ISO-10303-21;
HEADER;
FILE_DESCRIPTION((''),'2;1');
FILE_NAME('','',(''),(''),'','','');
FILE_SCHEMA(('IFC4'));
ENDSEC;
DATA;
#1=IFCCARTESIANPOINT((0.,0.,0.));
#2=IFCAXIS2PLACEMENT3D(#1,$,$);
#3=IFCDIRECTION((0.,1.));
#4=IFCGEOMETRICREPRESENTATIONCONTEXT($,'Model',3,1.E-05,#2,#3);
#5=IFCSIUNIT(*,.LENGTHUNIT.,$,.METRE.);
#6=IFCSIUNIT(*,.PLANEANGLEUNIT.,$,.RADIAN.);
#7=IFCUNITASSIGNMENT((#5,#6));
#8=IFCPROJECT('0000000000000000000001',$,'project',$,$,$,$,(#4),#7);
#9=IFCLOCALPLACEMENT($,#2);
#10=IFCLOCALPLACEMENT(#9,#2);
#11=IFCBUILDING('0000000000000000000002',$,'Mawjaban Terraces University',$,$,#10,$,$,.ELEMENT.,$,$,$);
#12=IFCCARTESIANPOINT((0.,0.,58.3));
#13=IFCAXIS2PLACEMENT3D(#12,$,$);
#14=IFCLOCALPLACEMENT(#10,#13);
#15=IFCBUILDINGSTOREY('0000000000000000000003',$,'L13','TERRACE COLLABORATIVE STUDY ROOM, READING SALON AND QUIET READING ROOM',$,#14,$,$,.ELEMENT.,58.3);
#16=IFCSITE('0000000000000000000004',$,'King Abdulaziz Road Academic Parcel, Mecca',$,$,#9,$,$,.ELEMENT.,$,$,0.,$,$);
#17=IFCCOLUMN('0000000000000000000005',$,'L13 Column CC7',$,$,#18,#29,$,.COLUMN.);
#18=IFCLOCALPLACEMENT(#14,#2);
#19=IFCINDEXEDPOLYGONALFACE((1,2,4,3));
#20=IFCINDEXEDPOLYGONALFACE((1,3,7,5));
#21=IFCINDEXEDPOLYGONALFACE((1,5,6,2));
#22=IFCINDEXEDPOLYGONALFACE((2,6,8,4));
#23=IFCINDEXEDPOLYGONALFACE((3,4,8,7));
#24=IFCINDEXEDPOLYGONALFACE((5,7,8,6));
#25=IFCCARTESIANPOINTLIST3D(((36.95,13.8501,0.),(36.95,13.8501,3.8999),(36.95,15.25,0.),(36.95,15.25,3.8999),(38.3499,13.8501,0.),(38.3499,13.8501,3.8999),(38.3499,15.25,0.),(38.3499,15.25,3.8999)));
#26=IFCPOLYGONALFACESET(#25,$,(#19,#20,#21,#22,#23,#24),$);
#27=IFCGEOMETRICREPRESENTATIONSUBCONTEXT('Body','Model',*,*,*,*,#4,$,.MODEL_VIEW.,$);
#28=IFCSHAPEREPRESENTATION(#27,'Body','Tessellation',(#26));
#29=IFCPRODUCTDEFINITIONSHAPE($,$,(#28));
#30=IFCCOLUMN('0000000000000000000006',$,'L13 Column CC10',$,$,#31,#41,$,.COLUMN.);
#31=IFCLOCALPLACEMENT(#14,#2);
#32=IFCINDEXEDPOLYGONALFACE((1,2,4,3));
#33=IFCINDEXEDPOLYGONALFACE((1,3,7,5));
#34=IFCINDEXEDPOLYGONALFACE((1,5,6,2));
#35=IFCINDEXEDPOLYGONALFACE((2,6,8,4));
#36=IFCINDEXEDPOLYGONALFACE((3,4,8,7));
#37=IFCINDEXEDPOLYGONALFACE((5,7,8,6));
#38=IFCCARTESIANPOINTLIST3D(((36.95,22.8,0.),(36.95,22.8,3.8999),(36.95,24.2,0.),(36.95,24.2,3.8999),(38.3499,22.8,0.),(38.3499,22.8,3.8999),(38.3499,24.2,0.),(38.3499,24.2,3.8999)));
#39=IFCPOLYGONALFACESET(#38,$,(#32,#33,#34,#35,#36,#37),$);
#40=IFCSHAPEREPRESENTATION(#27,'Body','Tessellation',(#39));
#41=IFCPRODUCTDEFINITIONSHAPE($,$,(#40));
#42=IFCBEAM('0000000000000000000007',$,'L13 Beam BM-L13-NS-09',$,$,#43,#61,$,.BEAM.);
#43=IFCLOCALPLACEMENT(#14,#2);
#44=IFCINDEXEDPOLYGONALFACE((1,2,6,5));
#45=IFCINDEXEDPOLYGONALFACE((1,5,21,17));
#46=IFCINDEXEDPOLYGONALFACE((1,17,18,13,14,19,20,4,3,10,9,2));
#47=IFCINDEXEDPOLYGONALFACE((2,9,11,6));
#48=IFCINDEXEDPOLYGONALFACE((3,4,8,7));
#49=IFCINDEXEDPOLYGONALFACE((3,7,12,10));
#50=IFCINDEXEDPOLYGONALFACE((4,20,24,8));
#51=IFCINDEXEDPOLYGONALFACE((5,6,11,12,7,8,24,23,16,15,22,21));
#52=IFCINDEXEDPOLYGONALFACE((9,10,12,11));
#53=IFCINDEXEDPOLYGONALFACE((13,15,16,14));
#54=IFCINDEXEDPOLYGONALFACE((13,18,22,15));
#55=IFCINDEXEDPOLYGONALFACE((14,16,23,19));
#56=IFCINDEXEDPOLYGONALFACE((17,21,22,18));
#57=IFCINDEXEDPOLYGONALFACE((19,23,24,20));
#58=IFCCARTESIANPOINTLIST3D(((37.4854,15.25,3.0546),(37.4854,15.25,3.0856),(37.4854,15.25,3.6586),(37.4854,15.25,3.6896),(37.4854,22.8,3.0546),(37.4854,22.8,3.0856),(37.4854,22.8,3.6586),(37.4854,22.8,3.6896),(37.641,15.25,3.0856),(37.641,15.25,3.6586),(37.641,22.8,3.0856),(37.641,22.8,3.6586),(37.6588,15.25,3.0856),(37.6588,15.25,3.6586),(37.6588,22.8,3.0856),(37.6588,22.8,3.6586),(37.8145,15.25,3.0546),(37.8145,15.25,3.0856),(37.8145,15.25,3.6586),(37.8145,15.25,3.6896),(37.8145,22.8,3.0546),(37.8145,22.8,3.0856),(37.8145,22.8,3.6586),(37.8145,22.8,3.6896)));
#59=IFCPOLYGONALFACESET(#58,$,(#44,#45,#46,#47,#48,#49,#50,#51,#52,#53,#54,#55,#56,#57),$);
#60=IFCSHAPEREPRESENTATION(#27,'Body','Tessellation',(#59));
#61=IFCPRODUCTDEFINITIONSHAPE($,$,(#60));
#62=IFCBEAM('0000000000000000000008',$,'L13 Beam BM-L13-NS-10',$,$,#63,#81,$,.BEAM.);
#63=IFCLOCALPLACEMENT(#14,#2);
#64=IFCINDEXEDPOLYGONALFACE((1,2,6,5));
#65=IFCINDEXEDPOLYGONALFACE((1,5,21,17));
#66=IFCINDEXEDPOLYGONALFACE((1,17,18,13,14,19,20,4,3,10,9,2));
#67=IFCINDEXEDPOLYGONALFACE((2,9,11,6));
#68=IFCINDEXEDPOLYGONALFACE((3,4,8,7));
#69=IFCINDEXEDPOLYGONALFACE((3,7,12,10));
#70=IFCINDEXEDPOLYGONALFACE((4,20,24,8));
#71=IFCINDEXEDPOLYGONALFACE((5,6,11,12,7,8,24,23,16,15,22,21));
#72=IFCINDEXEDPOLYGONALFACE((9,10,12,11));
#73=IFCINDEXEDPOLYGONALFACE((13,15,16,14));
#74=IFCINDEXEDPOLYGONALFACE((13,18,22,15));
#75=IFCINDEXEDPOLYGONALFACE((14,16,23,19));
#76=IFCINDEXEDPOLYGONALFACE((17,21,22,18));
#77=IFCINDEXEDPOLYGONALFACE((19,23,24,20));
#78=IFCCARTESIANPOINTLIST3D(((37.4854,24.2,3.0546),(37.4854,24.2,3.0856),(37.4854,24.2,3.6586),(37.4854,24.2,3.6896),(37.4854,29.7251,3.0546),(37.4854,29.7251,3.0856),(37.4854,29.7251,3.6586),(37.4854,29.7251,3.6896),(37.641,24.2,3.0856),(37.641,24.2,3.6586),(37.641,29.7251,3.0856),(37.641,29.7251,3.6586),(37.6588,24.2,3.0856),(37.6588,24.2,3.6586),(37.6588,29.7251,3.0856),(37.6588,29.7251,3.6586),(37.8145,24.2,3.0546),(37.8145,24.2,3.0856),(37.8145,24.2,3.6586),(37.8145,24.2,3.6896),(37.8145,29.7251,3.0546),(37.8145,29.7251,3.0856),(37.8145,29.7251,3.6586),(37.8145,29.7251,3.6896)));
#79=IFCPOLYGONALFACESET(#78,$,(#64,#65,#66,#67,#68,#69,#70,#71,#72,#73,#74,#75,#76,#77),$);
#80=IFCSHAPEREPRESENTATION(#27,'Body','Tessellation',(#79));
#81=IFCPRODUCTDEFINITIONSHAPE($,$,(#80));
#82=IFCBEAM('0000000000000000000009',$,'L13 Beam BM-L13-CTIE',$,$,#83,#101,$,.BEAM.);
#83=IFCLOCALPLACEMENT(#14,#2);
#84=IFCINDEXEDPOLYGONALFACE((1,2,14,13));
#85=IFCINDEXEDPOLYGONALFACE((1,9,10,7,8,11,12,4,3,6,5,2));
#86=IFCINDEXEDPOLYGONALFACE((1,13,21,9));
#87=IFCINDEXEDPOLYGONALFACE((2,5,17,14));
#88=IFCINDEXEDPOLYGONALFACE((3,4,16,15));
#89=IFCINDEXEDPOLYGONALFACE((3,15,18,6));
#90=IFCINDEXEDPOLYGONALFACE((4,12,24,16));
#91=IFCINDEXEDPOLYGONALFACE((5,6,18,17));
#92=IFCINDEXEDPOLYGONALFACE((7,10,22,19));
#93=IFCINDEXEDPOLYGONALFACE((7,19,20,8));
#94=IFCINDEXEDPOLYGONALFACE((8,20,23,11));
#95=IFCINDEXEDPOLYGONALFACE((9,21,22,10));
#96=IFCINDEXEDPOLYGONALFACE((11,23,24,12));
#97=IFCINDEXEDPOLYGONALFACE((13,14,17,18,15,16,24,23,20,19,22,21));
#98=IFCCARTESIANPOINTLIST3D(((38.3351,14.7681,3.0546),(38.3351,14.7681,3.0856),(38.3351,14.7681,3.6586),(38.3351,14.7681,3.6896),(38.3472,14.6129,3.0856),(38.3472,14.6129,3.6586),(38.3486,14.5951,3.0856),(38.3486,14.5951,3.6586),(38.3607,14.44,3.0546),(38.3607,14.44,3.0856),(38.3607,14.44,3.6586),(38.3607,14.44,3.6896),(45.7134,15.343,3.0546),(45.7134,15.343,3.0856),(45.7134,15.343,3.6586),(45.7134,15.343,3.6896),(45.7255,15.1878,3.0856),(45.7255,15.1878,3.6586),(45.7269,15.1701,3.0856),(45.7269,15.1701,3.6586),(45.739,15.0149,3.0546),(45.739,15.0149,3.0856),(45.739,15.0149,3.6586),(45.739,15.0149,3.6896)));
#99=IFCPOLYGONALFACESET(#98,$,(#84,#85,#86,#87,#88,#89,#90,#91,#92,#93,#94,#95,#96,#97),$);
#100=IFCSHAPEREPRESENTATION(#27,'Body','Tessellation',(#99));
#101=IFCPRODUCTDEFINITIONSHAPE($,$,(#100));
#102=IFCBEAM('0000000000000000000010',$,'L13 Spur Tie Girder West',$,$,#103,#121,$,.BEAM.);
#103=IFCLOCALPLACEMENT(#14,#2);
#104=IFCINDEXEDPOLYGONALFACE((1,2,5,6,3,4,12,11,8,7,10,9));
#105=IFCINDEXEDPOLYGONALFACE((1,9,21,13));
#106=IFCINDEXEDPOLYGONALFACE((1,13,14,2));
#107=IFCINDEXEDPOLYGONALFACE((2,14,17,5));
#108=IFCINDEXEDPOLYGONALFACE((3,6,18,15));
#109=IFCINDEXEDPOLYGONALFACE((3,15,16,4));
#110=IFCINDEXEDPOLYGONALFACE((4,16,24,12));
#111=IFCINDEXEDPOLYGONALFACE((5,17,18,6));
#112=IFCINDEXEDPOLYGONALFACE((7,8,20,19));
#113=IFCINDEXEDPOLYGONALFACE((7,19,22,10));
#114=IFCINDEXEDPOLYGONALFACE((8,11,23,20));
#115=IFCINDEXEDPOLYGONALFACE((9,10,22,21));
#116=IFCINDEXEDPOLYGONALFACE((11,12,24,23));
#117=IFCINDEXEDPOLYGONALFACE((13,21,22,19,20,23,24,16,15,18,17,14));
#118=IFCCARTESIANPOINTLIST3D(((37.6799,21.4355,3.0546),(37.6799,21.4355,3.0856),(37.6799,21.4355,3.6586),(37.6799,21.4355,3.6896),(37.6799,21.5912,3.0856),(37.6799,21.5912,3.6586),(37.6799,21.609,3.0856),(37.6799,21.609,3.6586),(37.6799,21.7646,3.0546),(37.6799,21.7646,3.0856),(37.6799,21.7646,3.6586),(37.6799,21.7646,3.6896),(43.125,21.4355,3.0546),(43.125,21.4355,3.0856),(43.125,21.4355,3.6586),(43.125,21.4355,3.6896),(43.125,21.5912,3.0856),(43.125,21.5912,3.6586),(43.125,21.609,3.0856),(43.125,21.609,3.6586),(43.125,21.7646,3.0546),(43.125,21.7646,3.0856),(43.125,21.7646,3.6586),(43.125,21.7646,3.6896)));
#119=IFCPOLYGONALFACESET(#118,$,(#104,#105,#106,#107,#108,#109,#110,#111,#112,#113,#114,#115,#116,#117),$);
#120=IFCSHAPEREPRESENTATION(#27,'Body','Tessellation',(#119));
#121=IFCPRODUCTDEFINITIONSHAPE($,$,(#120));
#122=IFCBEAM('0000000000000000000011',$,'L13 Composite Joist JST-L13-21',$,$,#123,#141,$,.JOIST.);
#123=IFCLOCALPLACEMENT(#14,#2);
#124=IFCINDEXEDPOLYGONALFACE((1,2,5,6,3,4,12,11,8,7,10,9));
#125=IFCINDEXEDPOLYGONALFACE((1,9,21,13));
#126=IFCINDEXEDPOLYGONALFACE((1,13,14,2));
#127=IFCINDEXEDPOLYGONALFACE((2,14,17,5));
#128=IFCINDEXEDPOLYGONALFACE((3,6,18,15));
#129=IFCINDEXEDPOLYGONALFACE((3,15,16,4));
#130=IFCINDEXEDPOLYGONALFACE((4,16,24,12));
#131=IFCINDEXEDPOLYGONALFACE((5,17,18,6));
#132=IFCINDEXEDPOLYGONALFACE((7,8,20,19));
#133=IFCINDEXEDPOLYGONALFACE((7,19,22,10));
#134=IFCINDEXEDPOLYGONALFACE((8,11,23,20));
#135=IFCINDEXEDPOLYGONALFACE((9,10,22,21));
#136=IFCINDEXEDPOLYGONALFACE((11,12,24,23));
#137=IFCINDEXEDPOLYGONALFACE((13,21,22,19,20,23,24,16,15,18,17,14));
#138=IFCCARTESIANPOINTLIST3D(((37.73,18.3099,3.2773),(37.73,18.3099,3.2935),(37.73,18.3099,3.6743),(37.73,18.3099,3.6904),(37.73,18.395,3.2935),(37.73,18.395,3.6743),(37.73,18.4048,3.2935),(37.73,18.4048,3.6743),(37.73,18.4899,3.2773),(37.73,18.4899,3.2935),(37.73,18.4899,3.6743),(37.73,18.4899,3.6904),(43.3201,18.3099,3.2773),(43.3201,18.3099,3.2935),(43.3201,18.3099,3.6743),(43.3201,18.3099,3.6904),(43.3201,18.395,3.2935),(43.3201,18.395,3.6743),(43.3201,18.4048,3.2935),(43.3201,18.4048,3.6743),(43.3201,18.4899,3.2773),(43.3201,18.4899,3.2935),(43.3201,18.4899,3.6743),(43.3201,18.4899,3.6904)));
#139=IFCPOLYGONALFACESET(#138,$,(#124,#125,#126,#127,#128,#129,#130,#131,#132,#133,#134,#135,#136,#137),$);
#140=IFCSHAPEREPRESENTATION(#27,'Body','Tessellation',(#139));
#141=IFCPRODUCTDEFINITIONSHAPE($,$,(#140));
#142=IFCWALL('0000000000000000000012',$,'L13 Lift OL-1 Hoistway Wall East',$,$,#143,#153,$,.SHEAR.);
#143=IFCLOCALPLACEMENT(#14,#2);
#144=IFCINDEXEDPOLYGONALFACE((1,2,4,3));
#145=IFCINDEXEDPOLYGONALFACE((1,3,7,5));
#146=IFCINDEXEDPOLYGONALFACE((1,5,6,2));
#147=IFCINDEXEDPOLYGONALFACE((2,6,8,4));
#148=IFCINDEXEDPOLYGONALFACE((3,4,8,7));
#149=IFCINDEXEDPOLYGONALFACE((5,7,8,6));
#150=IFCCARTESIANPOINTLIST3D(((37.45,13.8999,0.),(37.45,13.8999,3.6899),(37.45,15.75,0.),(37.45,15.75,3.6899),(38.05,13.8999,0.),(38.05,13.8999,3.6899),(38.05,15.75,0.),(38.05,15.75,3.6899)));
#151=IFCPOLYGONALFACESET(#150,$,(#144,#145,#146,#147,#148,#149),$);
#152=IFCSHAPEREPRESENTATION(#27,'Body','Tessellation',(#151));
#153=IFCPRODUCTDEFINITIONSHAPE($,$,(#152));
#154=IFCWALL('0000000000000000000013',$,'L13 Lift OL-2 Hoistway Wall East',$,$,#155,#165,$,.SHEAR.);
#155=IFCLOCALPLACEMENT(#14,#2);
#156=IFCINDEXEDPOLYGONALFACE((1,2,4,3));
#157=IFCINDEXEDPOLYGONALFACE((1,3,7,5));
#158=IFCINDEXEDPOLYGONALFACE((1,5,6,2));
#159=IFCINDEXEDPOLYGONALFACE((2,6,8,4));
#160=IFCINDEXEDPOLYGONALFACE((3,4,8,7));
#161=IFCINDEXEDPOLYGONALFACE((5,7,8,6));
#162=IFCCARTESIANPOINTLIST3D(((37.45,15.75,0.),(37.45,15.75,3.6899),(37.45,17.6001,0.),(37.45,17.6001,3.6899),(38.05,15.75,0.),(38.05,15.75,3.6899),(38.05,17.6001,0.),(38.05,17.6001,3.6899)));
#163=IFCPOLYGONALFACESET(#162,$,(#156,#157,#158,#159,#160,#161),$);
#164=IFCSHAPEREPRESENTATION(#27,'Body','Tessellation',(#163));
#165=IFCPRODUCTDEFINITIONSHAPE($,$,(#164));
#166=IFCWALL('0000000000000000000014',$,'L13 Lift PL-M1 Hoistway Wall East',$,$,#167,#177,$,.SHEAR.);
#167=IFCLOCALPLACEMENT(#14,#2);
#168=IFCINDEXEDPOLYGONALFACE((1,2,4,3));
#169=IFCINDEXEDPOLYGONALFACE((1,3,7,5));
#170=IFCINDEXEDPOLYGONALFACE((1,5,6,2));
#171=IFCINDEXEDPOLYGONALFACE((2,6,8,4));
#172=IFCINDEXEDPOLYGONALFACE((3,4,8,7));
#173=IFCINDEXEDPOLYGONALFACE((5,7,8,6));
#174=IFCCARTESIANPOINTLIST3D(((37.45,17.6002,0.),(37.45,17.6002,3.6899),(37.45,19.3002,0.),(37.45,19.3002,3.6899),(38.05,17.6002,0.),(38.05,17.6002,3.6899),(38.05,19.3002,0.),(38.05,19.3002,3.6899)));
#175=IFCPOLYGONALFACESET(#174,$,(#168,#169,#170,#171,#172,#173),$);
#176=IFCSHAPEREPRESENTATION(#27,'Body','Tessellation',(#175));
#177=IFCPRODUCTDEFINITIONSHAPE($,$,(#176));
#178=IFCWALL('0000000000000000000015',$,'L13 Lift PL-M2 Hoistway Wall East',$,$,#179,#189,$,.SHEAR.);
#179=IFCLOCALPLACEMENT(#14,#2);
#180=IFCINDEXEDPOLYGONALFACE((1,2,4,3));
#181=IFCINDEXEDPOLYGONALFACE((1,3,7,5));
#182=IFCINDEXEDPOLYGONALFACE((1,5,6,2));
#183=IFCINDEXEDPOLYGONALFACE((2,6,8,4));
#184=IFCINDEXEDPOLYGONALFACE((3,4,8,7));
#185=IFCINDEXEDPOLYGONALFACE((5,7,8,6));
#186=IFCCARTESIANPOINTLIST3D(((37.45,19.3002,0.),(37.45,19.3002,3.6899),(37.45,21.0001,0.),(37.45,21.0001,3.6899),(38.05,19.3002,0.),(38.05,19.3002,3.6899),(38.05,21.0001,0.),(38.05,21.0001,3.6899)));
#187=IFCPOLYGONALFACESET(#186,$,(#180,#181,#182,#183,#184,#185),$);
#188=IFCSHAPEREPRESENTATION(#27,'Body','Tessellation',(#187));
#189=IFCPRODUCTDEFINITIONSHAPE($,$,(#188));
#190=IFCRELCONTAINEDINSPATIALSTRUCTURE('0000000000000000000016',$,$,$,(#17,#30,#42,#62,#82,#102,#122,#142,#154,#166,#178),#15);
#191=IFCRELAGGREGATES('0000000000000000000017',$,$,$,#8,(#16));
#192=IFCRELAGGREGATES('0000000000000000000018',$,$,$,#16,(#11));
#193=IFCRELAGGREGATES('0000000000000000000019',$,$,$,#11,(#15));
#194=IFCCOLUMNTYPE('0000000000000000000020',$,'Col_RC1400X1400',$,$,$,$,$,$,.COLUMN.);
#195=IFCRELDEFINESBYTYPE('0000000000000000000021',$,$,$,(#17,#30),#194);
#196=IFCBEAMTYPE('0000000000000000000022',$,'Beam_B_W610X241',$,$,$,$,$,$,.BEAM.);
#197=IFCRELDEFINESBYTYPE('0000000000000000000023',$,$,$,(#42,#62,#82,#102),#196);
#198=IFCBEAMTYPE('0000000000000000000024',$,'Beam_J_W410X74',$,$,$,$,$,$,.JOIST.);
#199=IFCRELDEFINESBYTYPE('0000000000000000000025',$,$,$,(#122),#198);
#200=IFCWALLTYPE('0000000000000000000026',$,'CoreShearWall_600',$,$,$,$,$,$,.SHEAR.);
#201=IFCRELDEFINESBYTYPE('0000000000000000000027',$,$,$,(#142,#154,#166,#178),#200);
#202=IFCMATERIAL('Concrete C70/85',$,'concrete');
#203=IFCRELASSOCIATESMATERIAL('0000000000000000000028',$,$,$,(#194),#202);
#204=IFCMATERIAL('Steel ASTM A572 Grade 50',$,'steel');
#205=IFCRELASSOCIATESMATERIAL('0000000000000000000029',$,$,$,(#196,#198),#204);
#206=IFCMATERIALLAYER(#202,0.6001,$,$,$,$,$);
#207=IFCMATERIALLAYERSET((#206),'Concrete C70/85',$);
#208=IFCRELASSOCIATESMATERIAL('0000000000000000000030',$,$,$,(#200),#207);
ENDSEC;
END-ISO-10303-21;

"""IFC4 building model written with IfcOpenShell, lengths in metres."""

from ifc_helpers import new_model, si_unit, direction, frame, frame_2d, origin, origin_2d, place, context, subcontext, project, spatial, rectangle, i_section, extrude, material, layer, layer_set, material_profile, profile_set, type_object, element, save


model = new_model("IFC4")

# Units and contexts
model_context = context("Model", 3, precision=1e-05, world=origin(), true_north=direction((0.0, 1.0)))
body_context = subcontext(model_context, "Body", "Model", "MODEL_VIEW")
ifc_project = project(units=[si_unit("LENGTHUNIT", "METRE"), si_unit("PLANEANGLEUNIT", "RADIAN")], contexts=[model_context])

# Site, building, storey
site_placement = place(None, origin())
site = spatial("IfcSite", under=ifc_project, at=site_placement, Name="King Abdulaziz Road Academic Parcel, Mecca", CompositionType="ELEMENT", RefElevation=0.0)
building_placement = place(site_placement, origin())
building = spatial("IfcBuilding", under=site, at=building_placement, Name="Mawjaban Terraces University", CompositionType="ELEMENT")
storey_placement = place(building_placement, frame((0.0, 0.0, 58.3)))
storey = spatial("IfcBuildingStorey", under=building, at=storey_placement, Name="L13", Description="TERRACE COLLABORATIVE STUDY ROOM, READING SALON AND QUIET READING ROOM", CompositionType="ELEMENT", Elevation=58.3)

# Columns
ifc_material_1 = material(Name="Concrete C70/85", Category="concrete")
ifc_material_profile_1 = material_profile(ifc_material_1, rectangle(XDim=1.3999, YDim=1.3999, at=origin_2d()), Name="RC1400X1400")
ifc_profile_set_1 = profile_set([ifc_material_profile_1], Name="Concrete C70/85")
column_type = type_object("IfcColumnType", Name="Col_RC1400X1400", PredefinedType="COLUMN", material=ifc_profile_set_1)
for number, where, z_axis, x_axis, name in (
    (1, (37.6499, 14.55, 0.0), (0.0, 0.0, 1.0), (1.0, 0.0, 0.0), "L13 Column CC7"),
    (2, (37.6499, 23.5, 0.0), (0.0, 0.0, 1.0), (1.0, 0.0, 0.0), "L13 Column CC10"),
):
    element("IfcColumn", number, at=place(storey_placement, frame(where, z_axis=z_axis, x_axis=x_axis)), inside=storey, type_object=column_type, Name=name, PredefinedType="COLUMN", context=body_context, shape_type="SweptSolid", body=[
        extrude(rectangle(XDim=1.3999, YDim=1.3999, at=origin_2d()), origin(), (0.0, 0.0, 1.0), 3.8999),
    ])

# Beams
ifc_material_2 = material(Name="Steel ASTM A572 Grade 50", Category="steel")
ifc_material_profile_2 = material_profile(ifc_material_2, i_section(OverallWidth=0.3291, OverallDepth=0.635, WebThickness=0.0178, FlangeThickness=0.031, at=origin_2d()), Name="W610X241")
ifc_profile_set_2 = profile_set([ifc_material_profile_2], Name="Steel ASTM A572 Grade 50")
beam_type_1 = type_object("IfcBeamType", Name="Beam_B_W610X241", PredefinedType="BEAM", material=ifc_profile_set_2)
beam_1_placement = place(storey_placement, frame((37.6499, 15.25, 3.3721), z_axis=(0.0, 1.0, 0.0), x_axis=(-1.0, 0.0, 0.0)))
element("IfcBeam", 3, at=beam_1_placement, inside=storey, type_object=beam_type_1, Name="L13 Beam BM-L13-NS-09", PredefinedType="BEAM", context=body_context, shape_type="SweptSolid", body=[
    extrude(i_section(OverallWidth=0.3291, OverallDepth=0.635, WebThickness=0.0178, FlangeThickness=0.031, at=origin_2d()), origin(), (0.0, 0.0, 1.0), 7.55),
])
beam_2_placement = place(storey_placement, frame((37.6499, 24.2, 3.3721), z_axis=(0.0, 1.0, 0.0), x_axis=(-1.0, 0.0, 0.0)))
element("IfcBeam", 4, at=beam_2_placement, inside=storey, type_object=beam_type_1, Name="L13 Beam BM-L13-NS-10", PredefinedType="BEAM", context=body_context, shape_type="SweptSolid", body=[
    extrude(i_section(OverallWidth=0.3291, OverallDepth=0.635, WebThickness=0.0178, FlangeThickness=0.031, at=origin_2d()), origin(), (0.0, 0.0, 1.0), 5.5251),
])
beam_3_placement = place(storey_placement, frame((38.3479, 14.604, 3.3721), z_axis=(0.996978, 0.07769, 0.0), x_axis=(-0.07769, 0.996978, 0.0)))
element("IfcBeam", 5, at=beam_3_placement, inside=storey, type_object=beam_type_1, Name="L13 Beam BM-L13-CTIE", PredefinedType="BEAM", context=body_context, shape_type="SweptSolid", body=[
    extrude(i_section(OverallWidth=0.3291, OverallDepth=0.635, WebThickness=0.0178, FlangeThickness=0.031, at=origin_2d()), origin(), (0.0, 0.0, 1.0), 7.4006),
])
beam_4_placement = place(storey_placement, frame((37.6799, 21.6001, 3.3721), z_axis=(1.0, 0.0, 0.0), x_axis=(0.0, 1.0, 0.0)))
element("IfcBeam", 6, at=beam_4_placement, inside=storey, type_object=beam_type_1, Name="L13 Spur Tie Girder West", PredefinedType="BEAM", context=body_context, shape_type="SweptSolid", body=[
    extrude(i_section(OverallWidth=0.3291, OverallDepth=0.635, WebThickness=0.0178, FlangeThickness=0.031, at=origin_2d()), origin(), (0.0, 0.0, 1.0), 5.4451),
])
ifc_material_profile_3 = material_profile(ifc_material_2, i_section(OverallWidth=0.1799, OverallDepth=0.4131, WebThickness=0.0098, FlangeThickness=0.0161, at=origin_2d()), Name="W410X74")
ifc_profile_set_3 = profile_set([ifc_material_profile_3], Name="Steel ASTM A572 Grade 50")
beam_type_2 = type_object("IfcBeamType", Name="Beam_J_W410X74", PredefinedType="JOIST", material=ifc_profile_set_3)
beam_5_placement = place(storey_placement, frame((37.73, 18.3999, 3.4839), z_axis=(1.0, 0.0, 0.0), x_axis=(0.0, 1.0, 0.0)))
element("IfcBeam", 7, at=beam_5_placement, inside=storey, type_object=beam_type_2, Name="L13 Composite Joist JST-L13-21", PredefinedType="JOIST", context=body_context, shape_type="SweptSolid", body=[
    extrude(i_section(OverallWidth=0.1799, OverallDepth=0.4131, WebThickness=0.0098, FlangeThickness=0.0161, at=origin_2d()), origin(), (0.0, 0.0, 1.0), 5.5901),
])

# Walls
ifc_layer_1 = layer(ifc_material_1, 0.6001)
ifc_layer_set_1 = layer_set([ifc_layer_1], Name="Concrete C70/85")
wall_type_1 = type_object("IfcWallType", Name="CoreShearWall_600", PredefinedType="SHEAR", material=ifc_layer_set_1)
for number, where, z_axis, x_axis, name in (
    (8, (37.75, 13.8999, 0.0), (0.0, 0.0, 1.0), (0.0, 1.0, 0.0), "L13 Lift OL-1 Hoistway Wall East"),
    (9, (37.75, 15.75, 0.0), (0.0, 0.0, 1.0), (0.0, 1.0, 0.0), "L13 Lift OL-2 Hoistway Wall East"),
):
    element("IfcWall", number, at=place(storey_placement, frame(where, z_axis=z_axis, x_axis=x_axis)), inside=storey, type_object=wall_type_1, Name=name, PredefinedType="SHEAR", context=body_context, shape_type="SweptSolid", body=[
        extrude(rectangle(XDim=1.8501, YDim=0.6001, at=frame_2d((0.925, 0.0))), origin(), (0.0, 0.0, 1.0), 3.6899),
    ])
for number, where, z_axis, x_axis, name in (
    (10, (37.75, 17.6001, 0.0), (0.0, 0.0, 1.0), (0.0, 1.0, 0.0), "L13 Lift PL-M1 Hoistway Wall East"),
    (11, (37.75, 19.3, 0.0), (0.0, 0.0, 1.0), (0.0, 1.0, 0.0), "L13 Lift PL-M2 Hoistway Wall East"),
):
    element("IfcWall", number, at=place(storey_placement, frame(where, z_axis=z_axis, x_axis=x_axis)), inside=storey, type_object=wall_type_1, Name=name, PredefinedType="SHEAR", context=body_context, shape_type="SweptSolid", body=[
        extrude(rectangle(XDim=1.7, YDim=0.6001, at=frame_2d((0.8501, 0.0))), origin(), (0.0, 0.0, 1.0), 3.6899),
    ])

save(model, "model.ifc")
